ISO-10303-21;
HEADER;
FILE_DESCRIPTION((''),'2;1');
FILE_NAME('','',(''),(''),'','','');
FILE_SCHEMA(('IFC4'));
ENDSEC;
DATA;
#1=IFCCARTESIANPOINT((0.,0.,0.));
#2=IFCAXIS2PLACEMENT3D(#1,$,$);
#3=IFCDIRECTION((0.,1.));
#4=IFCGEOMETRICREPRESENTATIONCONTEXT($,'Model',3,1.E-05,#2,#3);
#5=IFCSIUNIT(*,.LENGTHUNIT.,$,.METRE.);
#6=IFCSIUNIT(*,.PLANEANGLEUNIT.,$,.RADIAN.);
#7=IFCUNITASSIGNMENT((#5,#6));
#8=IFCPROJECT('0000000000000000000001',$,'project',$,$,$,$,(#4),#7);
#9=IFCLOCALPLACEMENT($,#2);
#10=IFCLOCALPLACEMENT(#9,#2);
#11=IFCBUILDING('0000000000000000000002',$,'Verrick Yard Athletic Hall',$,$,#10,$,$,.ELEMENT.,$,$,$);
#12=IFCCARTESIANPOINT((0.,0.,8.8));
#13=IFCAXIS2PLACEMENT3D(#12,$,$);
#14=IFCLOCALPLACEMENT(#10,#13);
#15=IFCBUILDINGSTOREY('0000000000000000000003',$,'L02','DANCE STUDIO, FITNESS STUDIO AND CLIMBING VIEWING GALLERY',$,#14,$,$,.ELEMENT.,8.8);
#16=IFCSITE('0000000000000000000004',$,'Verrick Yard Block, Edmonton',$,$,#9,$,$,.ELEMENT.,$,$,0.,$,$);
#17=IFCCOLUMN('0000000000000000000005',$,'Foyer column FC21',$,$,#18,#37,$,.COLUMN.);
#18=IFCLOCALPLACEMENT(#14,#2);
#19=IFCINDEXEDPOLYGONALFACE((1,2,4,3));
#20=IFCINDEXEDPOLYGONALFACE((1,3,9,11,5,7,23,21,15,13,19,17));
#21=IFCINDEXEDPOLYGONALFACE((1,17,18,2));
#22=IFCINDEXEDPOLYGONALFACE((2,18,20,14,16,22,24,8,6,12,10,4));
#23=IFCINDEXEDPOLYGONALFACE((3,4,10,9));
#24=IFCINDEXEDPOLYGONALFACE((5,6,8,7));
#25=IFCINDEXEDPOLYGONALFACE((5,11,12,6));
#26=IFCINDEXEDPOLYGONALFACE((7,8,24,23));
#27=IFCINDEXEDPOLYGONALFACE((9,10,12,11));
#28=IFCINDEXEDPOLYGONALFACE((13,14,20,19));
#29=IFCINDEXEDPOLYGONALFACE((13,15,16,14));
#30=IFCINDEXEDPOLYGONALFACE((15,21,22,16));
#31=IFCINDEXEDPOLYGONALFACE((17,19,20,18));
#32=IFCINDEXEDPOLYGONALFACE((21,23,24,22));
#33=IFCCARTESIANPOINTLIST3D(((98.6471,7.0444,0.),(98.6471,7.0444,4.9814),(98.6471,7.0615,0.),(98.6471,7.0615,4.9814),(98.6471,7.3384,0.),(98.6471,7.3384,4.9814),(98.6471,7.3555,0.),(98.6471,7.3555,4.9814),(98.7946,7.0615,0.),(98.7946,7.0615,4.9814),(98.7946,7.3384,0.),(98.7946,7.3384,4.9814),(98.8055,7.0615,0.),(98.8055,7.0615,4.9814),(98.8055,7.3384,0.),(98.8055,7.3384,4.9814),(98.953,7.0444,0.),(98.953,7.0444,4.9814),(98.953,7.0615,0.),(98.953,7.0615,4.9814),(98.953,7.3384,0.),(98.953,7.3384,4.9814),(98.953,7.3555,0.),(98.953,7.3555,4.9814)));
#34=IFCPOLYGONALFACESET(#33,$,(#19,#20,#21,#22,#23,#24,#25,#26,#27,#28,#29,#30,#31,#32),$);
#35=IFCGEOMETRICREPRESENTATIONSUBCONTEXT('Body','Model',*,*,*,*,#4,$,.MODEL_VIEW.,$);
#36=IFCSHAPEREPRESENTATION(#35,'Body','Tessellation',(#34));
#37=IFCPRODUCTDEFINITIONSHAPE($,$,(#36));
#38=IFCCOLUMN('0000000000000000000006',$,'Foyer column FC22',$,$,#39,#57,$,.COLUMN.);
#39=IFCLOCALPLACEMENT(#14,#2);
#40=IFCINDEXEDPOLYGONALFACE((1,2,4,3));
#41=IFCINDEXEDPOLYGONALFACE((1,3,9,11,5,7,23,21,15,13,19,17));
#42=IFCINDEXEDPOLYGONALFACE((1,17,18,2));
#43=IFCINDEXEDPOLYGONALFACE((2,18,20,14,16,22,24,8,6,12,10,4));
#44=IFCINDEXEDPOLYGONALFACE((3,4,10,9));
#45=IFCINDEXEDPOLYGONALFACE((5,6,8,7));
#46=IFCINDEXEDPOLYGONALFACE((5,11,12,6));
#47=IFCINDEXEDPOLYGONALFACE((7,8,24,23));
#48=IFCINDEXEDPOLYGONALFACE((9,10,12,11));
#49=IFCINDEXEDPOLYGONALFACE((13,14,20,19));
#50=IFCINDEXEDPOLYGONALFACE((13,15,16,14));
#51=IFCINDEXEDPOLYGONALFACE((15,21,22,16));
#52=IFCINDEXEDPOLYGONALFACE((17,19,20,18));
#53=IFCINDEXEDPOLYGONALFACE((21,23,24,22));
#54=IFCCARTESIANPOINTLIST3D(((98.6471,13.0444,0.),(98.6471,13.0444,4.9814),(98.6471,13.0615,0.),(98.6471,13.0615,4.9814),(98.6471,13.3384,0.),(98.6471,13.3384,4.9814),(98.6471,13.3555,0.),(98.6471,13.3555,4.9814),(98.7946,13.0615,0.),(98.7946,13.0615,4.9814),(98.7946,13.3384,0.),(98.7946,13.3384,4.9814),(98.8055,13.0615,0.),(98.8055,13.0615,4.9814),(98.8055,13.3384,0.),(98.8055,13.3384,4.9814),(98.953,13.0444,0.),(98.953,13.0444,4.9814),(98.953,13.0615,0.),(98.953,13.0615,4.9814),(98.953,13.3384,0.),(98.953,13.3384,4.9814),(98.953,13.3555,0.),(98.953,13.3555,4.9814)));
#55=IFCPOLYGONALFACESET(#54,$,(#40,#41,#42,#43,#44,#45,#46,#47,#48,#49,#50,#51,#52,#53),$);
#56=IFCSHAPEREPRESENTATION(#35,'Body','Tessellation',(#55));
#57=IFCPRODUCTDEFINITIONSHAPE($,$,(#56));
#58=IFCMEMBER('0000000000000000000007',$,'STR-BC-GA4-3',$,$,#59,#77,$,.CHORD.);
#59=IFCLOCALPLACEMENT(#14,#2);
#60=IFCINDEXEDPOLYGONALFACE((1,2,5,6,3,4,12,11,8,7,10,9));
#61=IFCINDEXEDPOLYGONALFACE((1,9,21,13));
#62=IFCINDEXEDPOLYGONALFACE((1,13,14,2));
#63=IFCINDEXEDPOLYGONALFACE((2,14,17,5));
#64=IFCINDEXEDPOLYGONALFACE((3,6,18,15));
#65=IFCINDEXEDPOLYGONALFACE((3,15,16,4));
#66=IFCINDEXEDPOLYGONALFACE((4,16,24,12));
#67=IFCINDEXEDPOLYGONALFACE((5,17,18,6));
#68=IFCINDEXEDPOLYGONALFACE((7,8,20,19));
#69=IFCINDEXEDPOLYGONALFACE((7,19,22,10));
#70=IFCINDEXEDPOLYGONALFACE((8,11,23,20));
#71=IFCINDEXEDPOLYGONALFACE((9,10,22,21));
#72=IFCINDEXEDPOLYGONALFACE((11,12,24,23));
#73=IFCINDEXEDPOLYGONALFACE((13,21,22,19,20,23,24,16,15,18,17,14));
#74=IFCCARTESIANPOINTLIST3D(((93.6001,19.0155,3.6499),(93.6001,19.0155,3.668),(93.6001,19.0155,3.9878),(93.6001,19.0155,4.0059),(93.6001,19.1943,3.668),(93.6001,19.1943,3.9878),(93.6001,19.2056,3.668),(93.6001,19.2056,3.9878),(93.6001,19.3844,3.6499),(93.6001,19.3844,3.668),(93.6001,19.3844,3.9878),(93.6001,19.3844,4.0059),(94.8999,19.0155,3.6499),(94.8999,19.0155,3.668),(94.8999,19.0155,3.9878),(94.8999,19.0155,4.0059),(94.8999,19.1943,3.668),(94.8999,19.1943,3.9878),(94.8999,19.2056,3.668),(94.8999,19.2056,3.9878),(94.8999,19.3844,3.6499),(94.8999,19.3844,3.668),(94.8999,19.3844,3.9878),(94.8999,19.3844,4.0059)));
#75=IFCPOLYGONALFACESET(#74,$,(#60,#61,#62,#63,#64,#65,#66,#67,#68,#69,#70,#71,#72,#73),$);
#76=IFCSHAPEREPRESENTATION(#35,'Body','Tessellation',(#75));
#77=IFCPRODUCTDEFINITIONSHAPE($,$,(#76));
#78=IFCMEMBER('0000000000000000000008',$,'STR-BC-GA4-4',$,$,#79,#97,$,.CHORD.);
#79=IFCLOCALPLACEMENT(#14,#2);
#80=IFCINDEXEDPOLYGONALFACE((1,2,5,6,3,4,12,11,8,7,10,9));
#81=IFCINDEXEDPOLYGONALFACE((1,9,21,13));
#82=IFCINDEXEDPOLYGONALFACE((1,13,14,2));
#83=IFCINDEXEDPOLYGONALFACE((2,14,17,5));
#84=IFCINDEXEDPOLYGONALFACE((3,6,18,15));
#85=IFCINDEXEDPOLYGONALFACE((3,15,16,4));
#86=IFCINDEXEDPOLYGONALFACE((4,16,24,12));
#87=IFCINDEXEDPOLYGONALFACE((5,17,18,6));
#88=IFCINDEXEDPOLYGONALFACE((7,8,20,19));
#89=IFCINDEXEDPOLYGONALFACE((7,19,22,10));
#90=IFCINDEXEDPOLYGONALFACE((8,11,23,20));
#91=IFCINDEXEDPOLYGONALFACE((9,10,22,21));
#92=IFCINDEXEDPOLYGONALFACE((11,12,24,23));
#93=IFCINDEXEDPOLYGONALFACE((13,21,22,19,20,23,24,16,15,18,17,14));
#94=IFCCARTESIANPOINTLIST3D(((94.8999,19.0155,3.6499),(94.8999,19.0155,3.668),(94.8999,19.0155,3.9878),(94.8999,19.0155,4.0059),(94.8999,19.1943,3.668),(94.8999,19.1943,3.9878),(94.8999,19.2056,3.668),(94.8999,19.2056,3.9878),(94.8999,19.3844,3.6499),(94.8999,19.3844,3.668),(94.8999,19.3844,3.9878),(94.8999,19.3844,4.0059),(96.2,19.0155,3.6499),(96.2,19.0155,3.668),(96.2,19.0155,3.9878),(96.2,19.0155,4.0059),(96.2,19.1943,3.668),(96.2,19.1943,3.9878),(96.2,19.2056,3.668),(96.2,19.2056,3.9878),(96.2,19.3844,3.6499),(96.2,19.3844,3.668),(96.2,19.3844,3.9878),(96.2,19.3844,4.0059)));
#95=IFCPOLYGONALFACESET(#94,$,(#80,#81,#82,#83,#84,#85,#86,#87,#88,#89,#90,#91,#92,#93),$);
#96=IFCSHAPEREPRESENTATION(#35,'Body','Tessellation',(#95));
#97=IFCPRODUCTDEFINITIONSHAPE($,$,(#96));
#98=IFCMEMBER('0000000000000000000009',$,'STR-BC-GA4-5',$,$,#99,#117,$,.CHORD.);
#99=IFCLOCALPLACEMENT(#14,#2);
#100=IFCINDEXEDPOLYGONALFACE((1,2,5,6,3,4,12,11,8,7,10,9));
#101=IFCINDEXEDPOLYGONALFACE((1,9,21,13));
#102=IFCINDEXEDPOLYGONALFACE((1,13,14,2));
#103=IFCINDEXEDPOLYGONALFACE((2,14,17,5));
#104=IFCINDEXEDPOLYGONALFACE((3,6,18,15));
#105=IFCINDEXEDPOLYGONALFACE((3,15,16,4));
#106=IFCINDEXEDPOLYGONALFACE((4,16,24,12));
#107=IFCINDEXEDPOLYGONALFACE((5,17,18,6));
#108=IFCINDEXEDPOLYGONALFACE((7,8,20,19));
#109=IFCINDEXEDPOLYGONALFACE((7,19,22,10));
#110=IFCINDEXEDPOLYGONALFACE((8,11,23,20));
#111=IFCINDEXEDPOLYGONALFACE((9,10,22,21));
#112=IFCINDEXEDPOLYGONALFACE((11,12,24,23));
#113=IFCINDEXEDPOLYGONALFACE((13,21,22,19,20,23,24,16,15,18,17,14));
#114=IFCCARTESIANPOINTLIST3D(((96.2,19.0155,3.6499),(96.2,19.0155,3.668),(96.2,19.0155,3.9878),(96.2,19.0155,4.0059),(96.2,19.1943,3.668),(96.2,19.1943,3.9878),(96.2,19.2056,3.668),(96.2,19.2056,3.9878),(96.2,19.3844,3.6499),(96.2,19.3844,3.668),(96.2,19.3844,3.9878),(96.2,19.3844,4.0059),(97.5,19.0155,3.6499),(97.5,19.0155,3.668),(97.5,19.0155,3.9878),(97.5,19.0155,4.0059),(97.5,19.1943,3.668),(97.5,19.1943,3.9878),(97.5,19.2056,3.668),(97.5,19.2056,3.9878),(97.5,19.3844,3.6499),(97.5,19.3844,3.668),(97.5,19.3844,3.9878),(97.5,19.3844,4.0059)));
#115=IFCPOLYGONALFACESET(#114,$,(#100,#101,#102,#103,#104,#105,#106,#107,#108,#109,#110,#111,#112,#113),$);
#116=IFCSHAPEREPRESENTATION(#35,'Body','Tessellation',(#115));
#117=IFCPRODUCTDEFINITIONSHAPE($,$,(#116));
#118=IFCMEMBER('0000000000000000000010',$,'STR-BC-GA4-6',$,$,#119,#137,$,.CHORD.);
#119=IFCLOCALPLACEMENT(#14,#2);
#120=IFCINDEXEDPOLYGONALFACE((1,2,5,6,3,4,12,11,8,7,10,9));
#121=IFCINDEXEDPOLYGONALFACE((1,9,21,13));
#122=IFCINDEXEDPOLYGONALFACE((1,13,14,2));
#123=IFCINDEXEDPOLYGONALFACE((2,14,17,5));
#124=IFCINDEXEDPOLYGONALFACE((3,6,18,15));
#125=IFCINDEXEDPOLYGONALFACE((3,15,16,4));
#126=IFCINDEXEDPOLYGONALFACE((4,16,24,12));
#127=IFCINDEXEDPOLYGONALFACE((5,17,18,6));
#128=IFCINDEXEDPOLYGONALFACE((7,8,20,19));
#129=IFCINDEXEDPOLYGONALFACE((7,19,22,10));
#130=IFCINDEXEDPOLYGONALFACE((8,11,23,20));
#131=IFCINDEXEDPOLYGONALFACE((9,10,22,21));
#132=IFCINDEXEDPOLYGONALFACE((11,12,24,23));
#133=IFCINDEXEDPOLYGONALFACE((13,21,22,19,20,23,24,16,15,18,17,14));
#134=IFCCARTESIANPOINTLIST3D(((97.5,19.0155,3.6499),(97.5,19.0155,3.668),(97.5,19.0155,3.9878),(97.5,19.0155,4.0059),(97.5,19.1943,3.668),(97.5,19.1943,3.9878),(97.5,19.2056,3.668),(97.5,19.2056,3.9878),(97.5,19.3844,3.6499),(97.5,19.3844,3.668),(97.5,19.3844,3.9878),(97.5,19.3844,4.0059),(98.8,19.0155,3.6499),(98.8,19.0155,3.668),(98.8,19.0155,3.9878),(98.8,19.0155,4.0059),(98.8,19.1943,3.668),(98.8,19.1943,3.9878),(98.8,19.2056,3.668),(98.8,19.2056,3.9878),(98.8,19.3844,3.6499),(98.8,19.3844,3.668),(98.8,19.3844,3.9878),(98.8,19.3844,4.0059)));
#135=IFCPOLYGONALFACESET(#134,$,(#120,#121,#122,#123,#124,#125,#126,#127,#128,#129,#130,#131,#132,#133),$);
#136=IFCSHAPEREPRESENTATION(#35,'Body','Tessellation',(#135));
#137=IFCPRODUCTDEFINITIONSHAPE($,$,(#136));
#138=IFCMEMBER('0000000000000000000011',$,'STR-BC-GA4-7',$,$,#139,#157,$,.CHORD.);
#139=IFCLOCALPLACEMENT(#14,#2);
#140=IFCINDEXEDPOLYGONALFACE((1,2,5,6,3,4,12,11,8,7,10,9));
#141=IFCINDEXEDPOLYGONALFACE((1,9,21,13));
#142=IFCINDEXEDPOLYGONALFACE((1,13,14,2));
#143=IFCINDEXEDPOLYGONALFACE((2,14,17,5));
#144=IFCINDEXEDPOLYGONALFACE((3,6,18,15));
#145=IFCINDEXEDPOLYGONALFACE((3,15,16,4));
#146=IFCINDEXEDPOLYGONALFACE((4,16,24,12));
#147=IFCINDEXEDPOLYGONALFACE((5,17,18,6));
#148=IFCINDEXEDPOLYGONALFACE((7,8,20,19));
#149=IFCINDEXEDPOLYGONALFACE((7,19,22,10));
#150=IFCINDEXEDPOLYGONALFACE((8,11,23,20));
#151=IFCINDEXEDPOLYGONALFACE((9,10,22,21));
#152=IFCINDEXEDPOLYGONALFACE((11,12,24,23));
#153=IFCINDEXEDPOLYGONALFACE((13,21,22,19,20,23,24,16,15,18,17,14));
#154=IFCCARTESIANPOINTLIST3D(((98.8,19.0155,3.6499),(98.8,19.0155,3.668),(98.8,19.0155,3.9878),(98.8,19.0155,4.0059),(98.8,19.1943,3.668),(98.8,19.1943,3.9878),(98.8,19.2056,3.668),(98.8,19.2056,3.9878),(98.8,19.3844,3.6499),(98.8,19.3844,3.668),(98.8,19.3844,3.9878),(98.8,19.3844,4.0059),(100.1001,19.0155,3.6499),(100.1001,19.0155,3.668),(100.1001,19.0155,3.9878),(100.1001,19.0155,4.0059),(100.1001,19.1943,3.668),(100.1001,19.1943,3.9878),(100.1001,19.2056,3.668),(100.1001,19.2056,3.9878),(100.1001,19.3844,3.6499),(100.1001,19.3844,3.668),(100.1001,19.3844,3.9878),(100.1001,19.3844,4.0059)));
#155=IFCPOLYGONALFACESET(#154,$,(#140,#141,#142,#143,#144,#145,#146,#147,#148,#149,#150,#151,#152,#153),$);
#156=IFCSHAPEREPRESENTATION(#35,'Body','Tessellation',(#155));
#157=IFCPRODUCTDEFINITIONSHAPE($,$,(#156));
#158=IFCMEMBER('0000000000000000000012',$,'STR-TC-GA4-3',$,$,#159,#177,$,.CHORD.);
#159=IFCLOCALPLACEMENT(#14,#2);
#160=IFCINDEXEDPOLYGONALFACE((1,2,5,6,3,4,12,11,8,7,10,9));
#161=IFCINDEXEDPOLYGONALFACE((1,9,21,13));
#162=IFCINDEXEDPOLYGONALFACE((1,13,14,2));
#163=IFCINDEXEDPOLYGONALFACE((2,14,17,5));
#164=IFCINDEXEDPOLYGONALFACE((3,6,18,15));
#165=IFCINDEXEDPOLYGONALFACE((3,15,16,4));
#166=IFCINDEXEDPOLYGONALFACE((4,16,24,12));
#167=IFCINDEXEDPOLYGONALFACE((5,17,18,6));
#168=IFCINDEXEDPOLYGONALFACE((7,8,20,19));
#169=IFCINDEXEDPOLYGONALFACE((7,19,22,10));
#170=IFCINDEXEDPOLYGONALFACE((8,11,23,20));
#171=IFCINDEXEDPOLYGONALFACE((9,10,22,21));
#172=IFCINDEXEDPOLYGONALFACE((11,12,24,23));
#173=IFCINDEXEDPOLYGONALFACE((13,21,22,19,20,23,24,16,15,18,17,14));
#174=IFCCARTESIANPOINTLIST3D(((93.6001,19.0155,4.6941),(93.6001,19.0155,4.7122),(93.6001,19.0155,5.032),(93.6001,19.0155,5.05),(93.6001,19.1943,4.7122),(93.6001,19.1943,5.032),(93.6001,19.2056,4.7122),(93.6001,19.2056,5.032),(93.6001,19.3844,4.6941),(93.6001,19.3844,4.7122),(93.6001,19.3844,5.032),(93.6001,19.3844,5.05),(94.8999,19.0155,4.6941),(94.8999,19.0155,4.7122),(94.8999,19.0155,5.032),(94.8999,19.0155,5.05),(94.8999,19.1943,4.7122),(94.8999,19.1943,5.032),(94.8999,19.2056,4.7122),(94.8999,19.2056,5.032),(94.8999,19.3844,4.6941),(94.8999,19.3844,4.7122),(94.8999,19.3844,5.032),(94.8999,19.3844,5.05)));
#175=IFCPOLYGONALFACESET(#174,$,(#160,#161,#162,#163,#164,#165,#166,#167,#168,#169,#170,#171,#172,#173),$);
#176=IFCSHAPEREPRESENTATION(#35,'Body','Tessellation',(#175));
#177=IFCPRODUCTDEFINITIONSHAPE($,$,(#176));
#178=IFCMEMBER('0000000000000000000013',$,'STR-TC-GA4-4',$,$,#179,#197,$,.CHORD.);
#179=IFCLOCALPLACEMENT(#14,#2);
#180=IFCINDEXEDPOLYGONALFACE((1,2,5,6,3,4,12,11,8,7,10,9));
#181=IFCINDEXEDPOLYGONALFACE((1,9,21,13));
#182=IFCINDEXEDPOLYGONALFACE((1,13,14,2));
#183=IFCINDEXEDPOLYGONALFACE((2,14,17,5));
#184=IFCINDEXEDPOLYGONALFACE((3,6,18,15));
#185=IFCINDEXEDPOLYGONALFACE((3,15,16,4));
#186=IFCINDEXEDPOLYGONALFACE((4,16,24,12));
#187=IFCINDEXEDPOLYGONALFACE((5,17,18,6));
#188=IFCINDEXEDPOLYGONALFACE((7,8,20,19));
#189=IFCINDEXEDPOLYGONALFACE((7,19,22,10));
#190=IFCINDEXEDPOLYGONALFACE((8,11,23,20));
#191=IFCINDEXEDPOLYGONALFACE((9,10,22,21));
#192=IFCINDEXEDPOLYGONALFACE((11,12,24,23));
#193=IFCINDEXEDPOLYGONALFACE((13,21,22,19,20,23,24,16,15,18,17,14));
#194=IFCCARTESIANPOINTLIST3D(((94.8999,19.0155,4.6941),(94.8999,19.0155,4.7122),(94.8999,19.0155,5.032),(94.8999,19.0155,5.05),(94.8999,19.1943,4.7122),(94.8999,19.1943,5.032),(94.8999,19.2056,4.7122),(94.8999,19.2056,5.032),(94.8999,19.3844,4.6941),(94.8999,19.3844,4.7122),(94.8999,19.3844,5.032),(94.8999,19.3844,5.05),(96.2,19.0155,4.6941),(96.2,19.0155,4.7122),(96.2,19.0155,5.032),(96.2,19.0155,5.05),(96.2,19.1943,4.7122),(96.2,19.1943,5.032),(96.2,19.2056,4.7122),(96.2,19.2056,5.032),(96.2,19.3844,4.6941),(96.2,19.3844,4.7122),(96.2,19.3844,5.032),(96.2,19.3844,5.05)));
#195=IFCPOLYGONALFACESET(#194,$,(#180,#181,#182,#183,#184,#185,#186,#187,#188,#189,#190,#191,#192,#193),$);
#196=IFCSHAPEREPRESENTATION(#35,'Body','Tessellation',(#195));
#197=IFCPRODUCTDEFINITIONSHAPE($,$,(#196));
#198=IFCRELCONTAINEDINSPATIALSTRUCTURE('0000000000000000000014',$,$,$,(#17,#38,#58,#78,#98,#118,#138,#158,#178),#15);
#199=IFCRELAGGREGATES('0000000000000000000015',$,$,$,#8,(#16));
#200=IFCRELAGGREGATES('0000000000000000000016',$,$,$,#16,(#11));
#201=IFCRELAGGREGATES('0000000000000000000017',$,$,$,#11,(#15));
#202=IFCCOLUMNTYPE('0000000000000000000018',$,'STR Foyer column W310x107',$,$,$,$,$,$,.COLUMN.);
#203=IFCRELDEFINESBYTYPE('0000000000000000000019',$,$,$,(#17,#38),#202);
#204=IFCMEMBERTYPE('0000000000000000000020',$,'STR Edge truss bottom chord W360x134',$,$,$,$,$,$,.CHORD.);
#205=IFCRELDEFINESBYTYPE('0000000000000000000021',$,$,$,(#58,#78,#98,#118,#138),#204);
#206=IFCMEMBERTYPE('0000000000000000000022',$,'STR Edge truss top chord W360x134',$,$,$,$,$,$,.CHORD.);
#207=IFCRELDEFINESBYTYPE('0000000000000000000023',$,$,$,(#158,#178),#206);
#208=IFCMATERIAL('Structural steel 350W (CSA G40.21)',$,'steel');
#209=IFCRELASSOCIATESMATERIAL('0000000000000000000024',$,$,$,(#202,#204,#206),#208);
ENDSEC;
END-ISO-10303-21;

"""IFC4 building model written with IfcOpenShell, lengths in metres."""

from ifc_helpers import new_model, si_unit, direction, frame, origin, origin_2d, place, context, subcontext, project, spatial, i_section, extrude, material, material_profile, profile_set, type_object, element, save


model = new_model("IFC4")

# Units and contexts
model_context = context("Model", 3, precision=1e-05, world=origin(), true_north=direction((0.0, 1.0)))
body_context = subcontext(model_context, "Body", "Model", "MODEL_VIEW")
ifc_project = project(units=[si_unit("LENGTHUNIT", "METRE"), si_unit("PLANEANGLEUNIT", "RADIAN")], contexts=[model_context])

# Site, building, storey
site_placement = place(None, origin())
site = spatial("IfcSite", under=ifc_project, at=site_placement, Name="Verrick Yard Block, Edmonton", CompositionType="ELEMENT", RefElevation=0.0)
building_placement = place(site_placement, origin())
building = spatial("IfcBuilding", under=site, at=building_placement, Name="Verrick Yard Athletic Hall", CompositionType="ELEMENT")
storey_placement = place(building_placement, frame((0.0, 0.0, 8.8)))
storey = spatial("IfcBuildingStorey", under=building, at=storey_placement, Name="L02", Description="DANCE STUDIO, FITNESS STUDIO AND CLIMBING VIEWING GALLERY", CompositionType="ELEMENT", Elevation=8.8)

# Columns
ifc_material_1 = material(Name="Structural steel 350W (CSA G40.21)", Category="steel")
ifc_material_profile_1 = material_profile(ifc_material_1, i_section(OverallWidth=0.3059, OverallDepth=0.311, WebThickness=0.011, FlangeThickness=0.0171, at=origin_2d()), Name="W310x107")
ifc_profile_set_1 = profile_set([ifc_material_profile_1], Name="Structural steel 350W (CSA G40.21)")
column_type = type_object("IfcColumnType", Name="STR Foyer column W310x107", PredefinedType="COLUMN", material=ifc_profile_set_1)
for number, where, z_axis, x_axis, name in (
    (1, (98.8, 7.2, 0.0), (0.0, 0.0, 1.0), (1.0, 0.0, 0.0), "Foyer column FC21"),
    (2, (98.8, 13.2, 0.0), (0.0, 0.0, 1.0), (1.0, 0.0, 0.0), "Foyer column FC22"),
):
    element("IfcColumn", number, at=place(storey_placement, frame(where, z_axis=z_axis, x_axis=x_axis)), inside=storey, type_object=column_type, Name=name, PredefinedType="COLUMN", context=body_context, shape_type="SweptSolid", body=[
        extrude(i_section(OverallWidth=0.3059, OverallDepth=0.311, WebThickness=0.011, FlangeThickness=0.0171, at=origin_2d()), origin(), (0.0, 0.0, 1.0), 4.9814),
    ])

# Members
ifc_material_profile_2 = material_profile(ifc_material_1, i_section(OverallWidth=0.3689, OverallDepth=0.356, WebThickness=0.0112, FlangeThickness=0.0181, at=origin_2d()), Name="W360x134")
ifc_profile_set_2 = profile_set([ifc_material_profile_2], Name="Structural steel 350W (CSA G40.21)")
member_type_1 = type_object("IfcMemberType", Name="STR Edge truss bottom chord W360x134", PredefinedType="CHORD", material=ifc_profile_set_2)
member_1_placement = place(storey_placement, frame((93.6001, 19.2, 3.8279), z_axis=(1.0, 0.0, 0.0), x_axis=(0.0, 1.0, 0.0)))
element("IfcMember", 3, at=member_1_placement, inside=storey, type_object=member_type_1, Name="STR-BC-GA4-3", PredefinedType="CHORD", context=body_context, shape_type="SweptSolid", body=[
    extrude(i_section(OverallWidth=0.3689, OverallDepth=0.356, WebThickness=0.0112, FlangeThickness=0.0181, at=origin_2d()), origin(), (0.0, 0.0, 1.0), 1.2998),
])
for number, where, z_axis, x_axis, name in (
    (4, (94.8999, 19.2, 3.8279), (1.0, 0.0, 0.0), (0.0, 1.0, 0.0), "STR-BC-GA4-4"),
    (5, (96.2, 19.2, 3.8279), (1.0, 0.0, 0.0), (0.0, 1.0, 0.0), "STR-BC-GA4-5"),
    (6, (97.5, 19.2, 3.8279), (1.0, 0.0, 0.0), (0.0, 1.0, 0.0), "STR-BC-GA4-6"),
    (7, (98.8, 19.2, 3.8279), (1.0, 0.0, 0.0), (0.0, 1.0, 0.0), "STR-BC-GA4-7"),
):
    element("IfcMember", number, at=place(storey_placement, frame(where, z_axis=z_axis, x_axis=x_axis)), inside=storey, type_object=member_type_1, Name=name, PredefinedType="CHORD", context=body_context, shape_type="SweptSolid", body=[
        extrude(i_section(OverallWidth=0.3689, OverallDepth=0.356, WebThickness=0.0112, FlangeThickness=0.0181, at=origin_2d()), origin(), (0.0, 0.0, 1.0), 1.3),
    ])
ifc_material_profile_3 = material_profile(ifc_material_1, i_section(OverallWidth=0.3689, OverallDepth=0.356, WebThickness=0.0112, FlangeThickness=0.0181, at=origin_2d()), Name="W360x134")
ifc_profile_set_3 = profile_set([ifc_material_profile_3], Name="Structural steel 350W (CSA G40.21)")
member_type_2 = type_object("IfcMemberType", Name="STR Edge truss top chord W360x134", PredefinedType="CHORD", material=ifc_profile_set_3)
member_2_placement = place(storey_placement, frame((93.6001, 19.2, 4.8721), z_axis=(1.0, 0.0, 0.0), x_axis=(0.0, 1.0, 0.0)))
element("IfcMember", 8, at=member_2_placement, inside=storey, type_object=member_type_2, Name="STR-TC-GA4-3", PredefinedType="CHORD", context=body_context, shape_type="SweptSolid", body=[
    extrude(i_section(OverallWidth=0.3689, OverallDepth=0.356, WebThickness=0.0112, FlangeThickness=0.0181, at=origin_2d()), origin(), (0.0, 0.0, 1.0), 1.2998),
])
for number, where, z_axis, x_axis, name in (
    (9, (94.8999, 19.2, 4.8721), (1.0, 0.0, 0.0), (0.0, 1.0, 0.0), "STR-TC-GA4-4"),
):
    element("IfcMember", number, at=place(storey_placement, frame(where, z_axis=z_axis, x_axis=x_axis)), inside=storey, type_object=member_type_2, Name=name, PredefinedType="CHORD", context=body_context, shape_type="SweptSolid", body=[
        extrude(i_section(OverallWidth=0.3689, OverallDepth=0.356, WebThickness=0.0112, FlangeThickness=0.0181, at=origin_2d()), origin(), (0.0, 0.0, 1.0), 1.3),
    ])

save(model, "model.ifc")
